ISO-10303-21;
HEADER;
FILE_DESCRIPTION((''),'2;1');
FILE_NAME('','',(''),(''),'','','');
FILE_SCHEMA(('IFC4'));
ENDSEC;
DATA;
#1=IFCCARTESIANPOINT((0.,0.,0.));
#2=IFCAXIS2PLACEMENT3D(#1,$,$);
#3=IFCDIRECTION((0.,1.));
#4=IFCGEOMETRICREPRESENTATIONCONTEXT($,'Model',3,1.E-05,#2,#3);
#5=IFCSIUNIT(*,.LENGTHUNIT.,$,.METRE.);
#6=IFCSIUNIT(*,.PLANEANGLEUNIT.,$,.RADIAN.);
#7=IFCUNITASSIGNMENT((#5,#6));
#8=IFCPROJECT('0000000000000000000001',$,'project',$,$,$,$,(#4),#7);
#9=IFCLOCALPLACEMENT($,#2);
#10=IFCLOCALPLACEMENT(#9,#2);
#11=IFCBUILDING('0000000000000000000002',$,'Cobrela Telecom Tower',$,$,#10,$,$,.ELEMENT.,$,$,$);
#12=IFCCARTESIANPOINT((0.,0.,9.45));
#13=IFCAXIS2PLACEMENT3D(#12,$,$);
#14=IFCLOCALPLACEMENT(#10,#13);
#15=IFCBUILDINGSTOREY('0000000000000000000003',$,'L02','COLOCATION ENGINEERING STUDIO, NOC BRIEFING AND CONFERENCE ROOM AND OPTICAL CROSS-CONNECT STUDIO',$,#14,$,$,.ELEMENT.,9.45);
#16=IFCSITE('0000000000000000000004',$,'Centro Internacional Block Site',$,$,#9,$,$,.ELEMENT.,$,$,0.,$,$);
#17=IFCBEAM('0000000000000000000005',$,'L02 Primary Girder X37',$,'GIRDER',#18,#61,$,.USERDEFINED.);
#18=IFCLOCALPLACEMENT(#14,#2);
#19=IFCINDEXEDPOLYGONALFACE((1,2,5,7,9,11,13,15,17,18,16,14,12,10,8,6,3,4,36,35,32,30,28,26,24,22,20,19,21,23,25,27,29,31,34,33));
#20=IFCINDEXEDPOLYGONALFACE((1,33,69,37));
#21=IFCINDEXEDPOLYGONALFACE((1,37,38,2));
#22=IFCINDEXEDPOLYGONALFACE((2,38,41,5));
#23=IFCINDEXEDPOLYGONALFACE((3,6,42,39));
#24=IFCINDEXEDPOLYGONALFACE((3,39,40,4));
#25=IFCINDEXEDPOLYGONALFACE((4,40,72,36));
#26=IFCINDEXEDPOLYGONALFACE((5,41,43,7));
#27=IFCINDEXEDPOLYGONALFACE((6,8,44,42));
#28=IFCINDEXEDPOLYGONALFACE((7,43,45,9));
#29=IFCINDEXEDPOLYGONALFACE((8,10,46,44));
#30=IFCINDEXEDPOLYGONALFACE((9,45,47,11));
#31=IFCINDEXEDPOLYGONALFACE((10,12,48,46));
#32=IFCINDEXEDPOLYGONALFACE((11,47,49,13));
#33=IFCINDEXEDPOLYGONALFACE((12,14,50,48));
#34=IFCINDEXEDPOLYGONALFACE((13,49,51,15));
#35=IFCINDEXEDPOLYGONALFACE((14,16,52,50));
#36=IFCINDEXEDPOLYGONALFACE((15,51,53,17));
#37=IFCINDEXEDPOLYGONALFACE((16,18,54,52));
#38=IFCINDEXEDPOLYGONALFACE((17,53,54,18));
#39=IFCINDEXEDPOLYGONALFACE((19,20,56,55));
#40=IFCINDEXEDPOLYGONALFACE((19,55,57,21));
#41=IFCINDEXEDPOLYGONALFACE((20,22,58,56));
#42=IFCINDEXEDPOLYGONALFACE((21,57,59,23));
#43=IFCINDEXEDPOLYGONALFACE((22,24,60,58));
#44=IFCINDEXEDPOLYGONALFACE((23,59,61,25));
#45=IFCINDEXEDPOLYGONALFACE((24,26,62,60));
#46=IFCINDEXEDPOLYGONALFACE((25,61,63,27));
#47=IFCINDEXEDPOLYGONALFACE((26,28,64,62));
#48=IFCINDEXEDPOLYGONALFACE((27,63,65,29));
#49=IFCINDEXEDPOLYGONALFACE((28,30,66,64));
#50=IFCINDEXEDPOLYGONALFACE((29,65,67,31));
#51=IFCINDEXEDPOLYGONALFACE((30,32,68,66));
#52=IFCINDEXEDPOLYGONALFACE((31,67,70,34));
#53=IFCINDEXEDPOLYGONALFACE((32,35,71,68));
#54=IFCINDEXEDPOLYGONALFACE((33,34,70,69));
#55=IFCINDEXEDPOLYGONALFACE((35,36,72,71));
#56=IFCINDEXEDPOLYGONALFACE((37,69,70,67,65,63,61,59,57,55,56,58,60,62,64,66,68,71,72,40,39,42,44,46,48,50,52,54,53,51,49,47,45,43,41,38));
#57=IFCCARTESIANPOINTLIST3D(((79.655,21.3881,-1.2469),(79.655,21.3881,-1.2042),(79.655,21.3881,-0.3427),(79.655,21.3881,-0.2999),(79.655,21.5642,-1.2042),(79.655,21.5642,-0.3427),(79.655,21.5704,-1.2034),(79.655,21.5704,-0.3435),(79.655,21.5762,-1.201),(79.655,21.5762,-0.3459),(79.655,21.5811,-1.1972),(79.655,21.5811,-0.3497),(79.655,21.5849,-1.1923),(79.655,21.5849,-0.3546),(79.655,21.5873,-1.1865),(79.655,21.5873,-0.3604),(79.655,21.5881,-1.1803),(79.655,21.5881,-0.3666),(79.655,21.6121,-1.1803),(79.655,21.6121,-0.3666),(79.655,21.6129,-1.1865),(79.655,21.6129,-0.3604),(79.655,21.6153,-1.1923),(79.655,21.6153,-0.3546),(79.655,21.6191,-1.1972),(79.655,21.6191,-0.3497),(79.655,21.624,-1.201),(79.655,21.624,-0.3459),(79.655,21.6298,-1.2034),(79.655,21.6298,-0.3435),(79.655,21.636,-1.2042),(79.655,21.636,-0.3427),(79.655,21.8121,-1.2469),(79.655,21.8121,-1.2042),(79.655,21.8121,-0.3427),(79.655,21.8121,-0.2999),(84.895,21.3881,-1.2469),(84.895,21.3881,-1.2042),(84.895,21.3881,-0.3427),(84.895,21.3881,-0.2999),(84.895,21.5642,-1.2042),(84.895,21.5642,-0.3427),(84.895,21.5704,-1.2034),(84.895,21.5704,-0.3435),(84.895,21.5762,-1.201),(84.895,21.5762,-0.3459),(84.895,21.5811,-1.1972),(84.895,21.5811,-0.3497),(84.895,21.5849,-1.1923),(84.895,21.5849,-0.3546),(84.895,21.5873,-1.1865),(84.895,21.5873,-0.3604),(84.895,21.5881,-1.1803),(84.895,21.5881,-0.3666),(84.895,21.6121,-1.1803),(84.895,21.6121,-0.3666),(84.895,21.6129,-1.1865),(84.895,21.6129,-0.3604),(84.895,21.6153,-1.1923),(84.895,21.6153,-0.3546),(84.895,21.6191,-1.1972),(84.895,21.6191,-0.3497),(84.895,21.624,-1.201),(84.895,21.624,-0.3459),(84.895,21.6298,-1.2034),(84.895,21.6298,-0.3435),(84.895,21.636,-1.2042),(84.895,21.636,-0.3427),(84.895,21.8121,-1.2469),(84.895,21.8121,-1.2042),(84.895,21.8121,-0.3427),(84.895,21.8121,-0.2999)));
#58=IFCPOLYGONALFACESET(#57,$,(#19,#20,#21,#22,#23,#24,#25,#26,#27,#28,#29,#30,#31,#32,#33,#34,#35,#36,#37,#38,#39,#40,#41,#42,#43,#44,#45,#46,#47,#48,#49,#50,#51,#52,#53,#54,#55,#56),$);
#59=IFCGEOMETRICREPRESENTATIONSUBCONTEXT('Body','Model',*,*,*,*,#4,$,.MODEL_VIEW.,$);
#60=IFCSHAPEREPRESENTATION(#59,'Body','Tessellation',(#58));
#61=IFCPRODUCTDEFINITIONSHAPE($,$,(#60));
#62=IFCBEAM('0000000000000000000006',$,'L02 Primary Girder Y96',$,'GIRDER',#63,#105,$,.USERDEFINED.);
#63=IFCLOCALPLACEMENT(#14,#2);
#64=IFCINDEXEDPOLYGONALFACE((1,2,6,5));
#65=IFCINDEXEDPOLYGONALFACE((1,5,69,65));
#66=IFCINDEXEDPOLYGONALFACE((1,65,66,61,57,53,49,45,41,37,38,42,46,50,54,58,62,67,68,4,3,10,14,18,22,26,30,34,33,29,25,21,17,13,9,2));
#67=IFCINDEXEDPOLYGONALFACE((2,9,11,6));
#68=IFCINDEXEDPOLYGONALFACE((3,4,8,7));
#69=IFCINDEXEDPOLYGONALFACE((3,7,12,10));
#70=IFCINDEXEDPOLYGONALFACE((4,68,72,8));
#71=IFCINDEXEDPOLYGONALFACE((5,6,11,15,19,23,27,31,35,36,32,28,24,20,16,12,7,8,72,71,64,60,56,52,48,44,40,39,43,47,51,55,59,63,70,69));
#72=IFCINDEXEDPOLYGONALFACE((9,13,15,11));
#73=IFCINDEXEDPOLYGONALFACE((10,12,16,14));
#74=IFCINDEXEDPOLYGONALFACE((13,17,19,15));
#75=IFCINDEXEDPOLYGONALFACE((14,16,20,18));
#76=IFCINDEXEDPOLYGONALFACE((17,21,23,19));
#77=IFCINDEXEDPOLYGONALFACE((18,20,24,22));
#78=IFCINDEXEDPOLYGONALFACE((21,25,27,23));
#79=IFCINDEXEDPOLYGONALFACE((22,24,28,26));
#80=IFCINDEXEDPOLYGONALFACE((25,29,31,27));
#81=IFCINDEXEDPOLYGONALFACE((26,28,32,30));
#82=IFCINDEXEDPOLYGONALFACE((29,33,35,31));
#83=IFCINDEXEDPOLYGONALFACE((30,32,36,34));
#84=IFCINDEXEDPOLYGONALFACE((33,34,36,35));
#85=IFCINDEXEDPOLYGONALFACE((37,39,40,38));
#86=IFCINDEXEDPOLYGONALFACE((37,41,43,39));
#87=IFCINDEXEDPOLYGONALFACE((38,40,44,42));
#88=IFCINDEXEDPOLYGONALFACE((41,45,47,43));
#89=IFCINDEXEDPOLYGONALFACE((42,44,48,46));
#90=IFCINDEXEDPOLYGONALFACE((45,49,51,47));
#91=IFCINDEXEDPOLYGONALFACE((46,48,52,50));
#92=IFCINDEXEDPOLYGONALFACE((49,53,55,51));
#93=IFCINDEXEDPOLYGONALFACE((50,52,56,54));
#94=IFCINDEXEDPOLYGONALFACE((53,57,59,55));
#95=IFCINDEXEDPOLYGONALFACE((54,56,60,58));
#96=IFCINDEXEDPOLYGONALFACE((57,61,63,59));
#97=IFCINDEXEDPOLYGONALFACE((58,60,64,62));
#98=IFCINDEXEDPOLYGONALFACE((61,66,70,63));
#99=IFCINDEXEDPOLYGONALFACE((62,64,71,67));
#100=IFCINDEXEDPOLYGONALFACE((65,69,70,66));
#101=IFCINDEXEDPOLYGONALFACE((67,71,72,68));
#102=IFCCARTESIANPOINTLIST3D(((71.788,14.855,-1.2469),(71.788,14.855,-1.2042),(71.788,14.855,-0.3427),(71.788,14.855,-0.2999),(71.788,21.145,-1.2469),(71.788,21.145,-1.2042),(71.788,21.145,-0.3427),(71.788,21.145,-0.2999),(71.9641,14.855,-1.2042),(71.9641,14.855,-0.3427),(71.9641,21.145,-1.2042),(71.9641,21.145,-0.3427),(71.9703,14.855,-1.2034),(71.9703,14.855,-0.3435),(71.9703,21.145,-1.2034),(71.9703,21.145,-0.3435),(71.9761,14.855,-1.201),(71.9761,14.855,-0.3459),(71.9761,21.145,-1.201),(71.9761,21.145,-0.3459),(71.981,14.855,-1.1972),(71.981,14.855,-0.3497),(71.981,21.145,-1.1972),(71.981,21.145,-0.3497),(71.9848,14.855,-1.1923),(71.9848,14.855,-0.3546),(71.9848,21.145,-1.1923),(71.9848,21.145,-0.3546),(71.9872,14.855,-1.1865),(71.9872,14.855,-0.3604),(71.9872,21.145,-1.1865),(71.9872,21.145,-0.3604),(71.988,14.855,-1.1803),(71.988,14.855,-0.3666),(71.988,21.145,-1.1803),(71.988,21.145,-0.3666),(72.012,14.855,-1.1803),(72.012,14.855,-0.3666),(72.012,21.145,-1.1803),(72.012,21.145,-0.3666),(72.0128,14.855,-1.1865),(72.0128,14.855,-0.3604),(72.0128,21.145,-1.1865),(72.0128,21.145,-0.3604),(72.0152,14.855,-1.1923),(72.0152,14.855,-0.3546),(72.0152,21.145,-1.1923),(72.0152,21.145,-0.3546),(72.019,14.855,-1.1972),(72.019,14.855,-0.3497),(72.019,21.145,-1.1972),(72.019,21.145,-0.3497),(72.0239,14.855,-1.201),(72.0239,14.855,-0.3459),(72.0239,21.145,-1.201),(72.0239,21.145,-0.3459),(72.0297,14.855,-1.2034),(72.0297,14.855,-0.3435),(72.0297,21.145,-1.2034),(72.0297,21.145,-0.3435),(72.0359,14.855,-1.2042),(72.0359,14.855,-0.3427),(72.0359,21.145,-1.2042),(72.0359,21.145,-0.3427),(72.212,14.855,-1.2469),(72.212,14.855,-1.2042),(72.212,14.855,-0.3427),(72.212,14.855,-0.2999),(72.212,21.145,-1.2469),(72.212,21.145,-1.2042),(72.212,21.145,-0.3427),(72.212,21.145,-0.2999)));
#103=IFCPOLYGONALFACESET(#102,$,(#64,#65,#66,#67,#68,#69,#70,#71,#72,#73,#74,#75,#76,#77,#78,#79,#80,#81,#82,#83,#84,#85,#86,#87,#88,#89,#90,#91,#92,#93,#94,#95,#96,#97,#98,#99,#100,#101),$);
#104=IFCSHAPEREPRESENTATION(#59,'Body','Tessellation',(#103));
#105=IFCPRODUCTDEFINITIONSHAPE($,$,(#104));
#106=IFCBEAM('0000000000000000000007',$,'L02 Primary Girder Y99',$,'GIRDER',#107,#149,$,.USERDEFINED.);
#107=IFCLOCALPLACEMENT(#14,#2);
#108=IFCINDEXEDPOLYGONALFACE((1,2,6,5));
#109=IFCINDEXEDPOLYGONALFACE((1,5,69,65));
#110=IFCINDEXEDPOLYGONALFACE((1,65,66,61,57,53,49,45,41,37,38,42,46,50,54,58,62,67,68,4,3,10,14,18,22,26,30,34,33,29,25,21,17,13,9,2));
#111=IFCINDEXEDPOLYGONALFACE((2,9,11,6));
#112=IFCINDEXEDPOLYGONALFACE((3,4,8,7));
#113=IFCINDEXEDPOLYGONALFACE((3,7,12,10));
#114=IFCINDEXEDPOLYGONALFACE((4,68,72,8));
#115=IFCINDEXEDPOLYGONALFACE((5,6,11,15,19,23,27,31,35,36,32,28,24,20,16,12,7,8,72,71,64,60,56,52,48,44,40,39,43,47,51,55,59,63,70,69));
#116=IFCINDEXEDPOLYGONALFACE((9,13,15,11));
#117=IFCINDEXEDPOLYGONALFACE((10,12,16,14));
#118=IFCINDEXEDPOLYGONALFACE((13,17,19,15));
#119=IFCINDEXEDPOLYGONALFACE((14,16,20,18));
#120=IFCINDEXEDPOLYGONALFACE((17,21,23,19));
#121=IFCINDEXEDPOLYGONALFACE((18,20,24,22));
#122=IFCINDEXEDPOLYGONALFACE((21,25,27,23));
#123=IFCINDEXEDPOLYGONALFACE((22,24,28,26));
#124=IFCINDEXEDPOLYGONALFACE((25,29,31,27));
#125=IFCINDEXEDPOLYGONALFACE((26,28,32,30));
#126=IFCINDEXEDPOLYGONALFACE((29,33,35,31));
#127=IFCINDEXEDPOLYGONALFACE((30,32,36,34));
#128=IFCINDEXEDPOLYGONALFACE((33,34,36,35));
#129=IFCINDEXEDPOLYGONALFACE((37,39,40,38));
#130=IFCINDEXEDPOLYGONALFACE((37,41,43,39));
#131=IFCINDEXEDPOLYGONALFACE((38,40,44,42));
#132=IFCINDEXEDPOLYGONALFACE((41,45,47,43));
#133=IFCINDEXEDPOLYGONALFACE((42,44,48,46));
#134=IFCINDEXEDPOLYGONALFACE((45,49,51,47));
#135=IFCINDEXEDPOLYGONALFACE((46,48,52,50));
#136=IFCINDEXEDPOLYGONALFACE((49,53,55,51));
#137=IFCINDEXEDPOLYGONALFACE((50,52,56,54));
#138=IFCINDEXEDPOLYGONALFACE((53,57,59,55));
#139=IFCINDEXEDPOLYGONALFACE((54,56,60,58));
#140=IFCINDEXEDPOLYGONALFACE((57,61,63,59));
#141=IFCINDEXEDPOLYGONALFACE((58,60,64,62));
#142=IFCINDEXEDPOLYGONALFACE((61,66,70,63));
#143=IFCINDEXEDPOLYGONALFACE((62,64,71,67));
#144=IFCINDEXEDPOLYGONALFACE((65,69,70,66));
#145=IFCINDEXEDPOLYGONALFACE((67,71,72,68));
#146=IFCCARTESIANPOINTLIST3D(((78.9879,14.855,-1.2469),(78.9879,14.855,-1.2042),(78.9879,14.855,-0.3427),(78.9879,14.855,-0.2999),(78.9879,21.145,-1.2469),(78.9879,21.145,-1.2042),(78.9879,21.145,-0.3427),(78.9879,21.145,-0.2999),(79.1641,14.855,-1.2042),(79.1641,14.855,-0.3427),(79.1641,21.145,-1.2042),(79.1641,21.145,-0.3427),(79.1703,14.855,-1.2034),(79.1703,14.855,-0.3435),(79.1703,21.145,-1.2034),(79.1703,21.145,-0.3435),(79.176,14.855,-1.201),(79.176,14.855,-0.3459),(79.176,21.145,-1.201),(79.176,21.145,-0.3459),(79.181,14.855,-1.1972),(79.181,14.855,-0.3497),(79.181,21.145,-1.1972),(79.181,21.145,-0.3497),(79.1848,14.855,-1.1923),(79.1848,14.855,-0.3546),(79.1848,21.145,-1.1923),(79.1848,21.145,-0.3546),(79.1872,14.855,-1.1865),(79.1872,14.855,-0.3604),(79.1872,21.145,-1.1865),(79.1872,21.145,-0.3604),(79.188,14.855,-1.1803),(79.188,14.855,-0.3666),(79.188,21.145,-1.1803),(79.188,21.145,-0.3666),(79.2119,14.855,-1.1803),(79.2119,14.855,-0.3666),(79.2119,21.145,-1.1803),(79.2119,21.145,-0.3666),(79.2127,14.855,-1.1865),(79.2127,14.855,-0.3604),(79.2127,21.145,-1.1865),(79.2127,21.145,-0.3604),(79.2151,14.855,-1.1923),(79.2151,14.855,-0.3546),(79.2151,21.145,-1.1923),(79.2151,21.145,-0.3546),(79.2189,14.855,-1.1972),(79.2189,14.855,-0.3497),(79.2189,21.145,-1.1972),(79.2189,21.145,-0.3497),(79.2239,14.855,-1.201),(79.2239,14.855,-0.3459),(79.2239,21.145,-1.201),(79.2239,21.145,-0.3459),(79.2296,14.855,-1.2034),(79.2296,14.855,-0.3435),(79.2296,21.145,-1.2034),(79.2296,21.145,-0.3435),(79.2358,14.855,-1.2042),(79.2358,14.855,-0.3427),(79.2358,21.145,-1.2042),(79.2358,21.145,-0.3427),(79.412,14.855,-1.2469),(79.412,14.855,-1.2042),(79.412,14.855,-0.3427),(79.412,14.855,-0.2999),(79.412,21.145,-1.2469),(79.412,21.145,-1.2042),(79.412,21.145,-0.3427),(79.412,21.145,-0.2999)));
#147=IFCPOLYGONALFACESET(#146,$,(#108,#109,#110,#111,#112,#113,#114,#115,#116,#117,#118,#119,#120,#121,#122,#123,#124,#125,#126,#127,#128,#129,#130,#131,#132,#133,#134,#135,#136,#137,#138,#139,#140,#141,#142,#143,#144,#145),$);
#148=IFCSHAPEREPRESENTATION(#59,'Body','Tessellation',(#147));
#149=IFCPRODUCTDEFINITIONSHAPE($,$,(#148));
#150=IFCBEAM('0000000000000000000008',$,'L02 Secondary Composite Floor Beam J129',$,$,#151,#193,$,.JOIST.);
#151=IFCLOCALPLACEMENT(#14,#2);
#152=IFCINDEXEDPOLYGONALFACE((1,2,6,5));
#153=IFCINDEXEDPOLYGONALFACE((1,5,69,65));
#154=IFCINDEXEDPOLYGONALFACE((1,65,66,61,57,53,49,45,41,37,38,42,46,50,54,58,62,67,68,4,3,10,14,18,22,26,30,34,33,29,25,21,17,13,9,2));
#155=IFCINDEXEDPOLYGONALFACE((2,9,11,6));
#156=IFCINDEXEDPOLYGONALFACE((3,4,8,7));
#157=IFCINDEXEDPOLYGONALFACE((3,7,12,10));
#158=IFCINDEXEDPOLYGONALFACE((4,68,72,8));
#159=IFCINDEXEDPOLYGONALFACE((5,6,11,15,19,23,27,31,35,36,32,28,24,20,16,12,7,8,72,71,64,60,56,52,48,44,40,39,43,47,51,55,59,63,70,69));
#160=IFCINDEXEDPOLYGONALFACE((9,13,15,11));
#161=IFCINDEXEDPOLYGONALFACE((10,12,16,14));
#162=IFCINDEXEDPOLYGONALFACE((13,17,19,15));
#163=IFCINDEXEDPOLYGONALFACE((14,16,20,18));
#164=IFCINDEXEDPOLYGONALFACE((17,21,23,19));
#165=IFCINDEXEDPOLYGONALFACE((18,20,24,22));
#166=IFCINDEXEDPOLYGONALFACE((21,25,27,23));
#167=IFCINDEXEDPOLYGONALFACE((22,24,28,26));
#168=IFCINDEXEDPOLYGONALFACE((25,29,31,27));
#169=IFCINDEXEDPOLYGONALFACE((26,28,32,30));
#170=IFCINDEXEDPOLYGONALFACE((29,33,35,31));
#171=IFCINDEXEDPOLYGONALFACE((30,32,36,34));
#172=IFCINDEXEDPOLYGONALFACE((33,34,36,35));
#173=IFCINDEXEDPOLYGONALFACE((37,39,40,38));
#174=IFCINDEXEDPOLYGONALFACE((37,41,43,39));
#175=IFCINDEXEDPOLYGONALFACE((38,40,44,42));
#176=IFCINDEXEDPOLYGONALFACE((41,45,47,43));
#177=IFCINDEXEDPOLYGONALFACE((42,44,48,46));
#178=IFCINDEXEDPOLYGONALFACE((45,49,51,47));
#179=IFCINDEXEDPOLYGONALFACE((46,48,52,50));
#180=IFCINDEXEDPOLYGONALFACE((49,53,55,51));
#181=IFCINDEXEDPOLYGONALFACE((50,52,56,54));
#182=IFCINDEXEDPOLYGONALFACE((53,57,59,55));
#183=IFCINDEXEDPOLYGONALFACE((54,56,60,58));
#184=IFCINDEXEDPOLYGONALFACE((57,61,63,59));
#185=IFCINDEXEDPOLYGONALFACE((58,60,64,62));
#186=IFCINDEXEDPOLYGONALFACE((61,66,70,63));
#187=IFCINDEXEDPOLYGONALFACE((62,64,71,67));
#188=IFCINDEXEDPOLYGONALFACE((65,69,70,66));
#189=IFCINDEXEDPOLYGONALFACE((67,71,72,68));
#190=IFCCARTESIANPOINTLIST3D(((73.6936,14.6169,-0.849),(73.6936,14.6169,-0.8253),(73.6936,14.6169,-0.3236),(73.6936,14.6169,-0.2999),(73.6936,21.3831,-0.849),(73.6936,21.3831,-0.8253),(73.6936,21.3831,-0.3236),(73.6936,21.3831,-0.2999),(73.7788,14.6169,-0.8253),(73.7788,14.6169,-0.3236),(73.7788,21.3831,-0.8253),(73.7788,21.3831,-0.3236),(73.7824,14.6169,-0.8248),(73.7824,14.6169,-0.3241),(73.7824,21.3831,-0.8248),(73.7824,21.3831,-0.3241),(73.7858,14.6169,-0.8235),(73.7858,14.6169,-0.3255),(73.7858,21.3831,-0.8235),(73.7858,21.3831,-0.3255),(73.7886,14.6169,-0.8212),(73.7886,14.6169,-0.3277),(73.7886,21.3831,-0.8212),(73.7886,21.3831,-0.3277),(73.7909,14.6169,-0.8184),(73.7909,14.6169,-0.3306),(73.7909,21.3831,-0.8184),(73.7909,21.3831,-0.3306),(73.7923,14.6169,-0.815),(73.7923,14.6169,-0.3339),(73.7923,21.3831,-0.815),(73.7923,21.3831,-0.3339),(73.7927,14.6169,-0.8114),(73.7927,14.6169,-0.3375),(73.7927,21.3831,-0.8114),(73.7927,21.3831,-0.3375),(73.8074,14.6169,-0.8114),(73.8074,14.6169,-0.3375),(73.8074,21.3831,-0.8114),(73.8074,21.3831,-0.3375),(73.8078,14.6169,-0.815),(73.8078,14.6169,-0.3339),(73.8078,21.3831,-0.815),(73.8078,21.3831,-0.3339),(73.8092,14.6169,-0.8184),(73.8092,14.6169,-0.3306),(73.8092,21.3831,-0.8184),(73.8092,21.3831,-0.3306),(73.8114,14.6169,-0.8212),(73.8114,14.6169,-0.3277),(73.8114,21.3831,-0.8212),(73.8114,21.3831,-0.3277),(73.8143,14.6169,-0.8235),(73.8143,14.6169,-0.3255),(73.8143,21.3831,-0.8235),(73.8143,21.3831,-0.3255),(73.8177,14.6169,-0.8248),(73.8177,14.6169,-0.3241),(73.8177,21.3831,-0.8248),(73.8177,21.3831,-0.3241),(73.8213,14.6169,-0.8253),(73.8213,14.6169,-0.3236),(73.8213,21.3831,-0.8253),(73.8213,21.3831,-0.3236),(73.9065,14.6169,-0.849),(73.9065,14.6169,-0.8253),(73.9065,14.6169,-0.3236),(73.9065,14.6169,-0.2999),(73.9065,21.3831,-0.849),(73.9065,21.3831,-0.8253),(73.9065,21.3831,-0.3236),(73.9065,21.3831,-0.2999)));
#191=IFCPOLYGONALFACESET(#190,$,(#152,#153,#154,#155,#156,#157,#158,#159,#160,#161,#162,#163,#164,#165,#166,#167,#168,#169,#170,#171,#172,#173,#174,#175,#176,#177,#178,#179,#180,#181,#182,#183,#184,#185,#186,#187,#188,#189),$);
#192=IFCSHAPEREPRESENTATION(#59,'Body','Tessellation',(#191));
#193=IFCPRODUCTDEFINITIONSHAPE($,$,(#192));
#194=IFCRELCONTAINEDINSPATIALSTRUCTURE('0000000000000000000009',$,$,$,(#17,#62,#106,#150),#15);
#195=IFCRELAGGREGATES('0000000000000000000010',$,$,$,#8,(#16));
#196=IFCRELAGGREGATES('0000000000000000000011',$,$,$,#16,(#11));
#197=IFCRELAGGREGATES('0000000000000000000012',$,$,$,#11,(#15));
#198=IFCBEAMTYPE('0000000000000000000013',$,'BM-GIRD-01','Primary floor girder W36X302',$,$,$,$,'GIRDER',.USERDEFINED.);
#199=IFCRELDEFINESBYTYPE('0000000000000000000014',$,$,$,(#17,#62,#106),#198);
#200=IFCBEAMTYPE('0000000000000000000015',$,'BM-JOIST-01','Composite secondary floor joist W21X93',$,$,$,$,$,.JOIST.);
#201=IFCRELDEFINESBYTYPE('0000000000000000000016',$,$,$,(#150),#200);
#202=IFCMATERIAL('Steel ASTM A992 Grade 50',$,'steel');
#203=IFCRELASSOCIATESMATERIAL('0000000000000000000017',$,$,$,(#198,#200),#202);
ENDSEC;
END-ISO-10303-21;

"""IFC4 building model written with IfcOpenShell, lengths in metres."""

from ifc_helpers import new_model, si_unit, direction, frame, origin, origin_2d, place, context, subcontext, project, spatial, i_section, extrude, material, material_profile, profile_set, type_object, element, save


model = new_model("IFC4")

# Units and contexts
model_context = context("Model", 3, precision=1e-05, world=origin(), true_north=direction((0.0, 1.0)))
body_context = subcontext(model_context, "Body", "Model", "MODEL_VIEW")
ifc_project = project(units=[si_unit("LENGTHUNIT", "METRE"), si_unit("PLANEANGLEUNIT", "RADIAN")], contexts=[model_context])

# Site, building, storey
site_placement = place(None, origin())
site = spatial("IfcSite", under=ifc_project, at=site_placement, Name="Centro Internacional Block Site", CompositionType="ELEMENT", RefElevation=0.0)
building_placement = place(site_placement, origin())
building = spatial("IfcBuilding", under=site, at=building_placement, Name="Cobrela Telecom Tower", CompositionType="ELEMENT")
storey_placement = place(building_placement, frame((0.0, 0.0, 9.45)))
storey = spatial("IfcBuildingStorey", under=building, at=storey_placement, Name="L02", Description="COLOCATION ENGINEERING STUDIO, NOC BRIEFING AND CONFERENCE ROOM AND OPTICAL CROSS-CONNECT STUDIO", CompositionType="ELEMENT", Elevation=9.45)

# Beams
ifc_material_1 = material(Name="Steel ASTM A992 Grade 50", Category="steel")
ifc_material_profile_1 = material_profile(ifc_material_1, i_section(OverallWidth=0.4241, OverallDepth=0.947, WebThickness=0.0239, FlangeThickness=0.0427, FilletRadius=0.0239, at=origin_2d()), Name="W36X302")
ifc_profile_set_1 = profile_set([ifc_material_profile_1], Name="Steel ASTM A992 Grade 50")
beam_type_1 = type_object("IfcBeamType", Name="BM-GIRD-01", Description="Primary floor girder W36X302", ElementType="GIRDER", PredefinedType="USERDEFINED", material=ifc_profile_set_1)
beam_1_placement = place(storey_placement, frame((79.655, 21.6001, -0.7734), z_axis=(1.0, 0.0, 0.0), x_axis=(0.0, 1.0, 0.0)))
element("IfcBeam", 1, at=beam_1_placement, inside=storey, type_object=beam_type_1, Name="L02 Primary Girder X37", ObjectType="GIRDER", PredefinedType="USERDEFINED", context=body_context, shape_type="SweptSolid", body=[
    extrude(i_section(OverallWidth=0.4241, OverallDepth=0.947, WebThickness=0.0239, FlangeThickness=0.0427, FilletRadius=0.0239, at=origin_2d()), origin(), (0.0, 0.0, 1.0), 5.24),
])
for number, where, z_axis, x_axis, name in (
    (2, (72.0, 14.855, -0.7734), (0.0, 1.0, 0.0), (-1.0, 0.0, 0.0), "L02 Primary Girder Y96"),
    (3, (79.2, 14.855, -0.7734), (0.0, 1.0, 0.0), (-1.0, 0.0, 0.0), "L02 Primary Girder Y99"),
):
    element("IfcBeam", number, at=place(storey_placement, frame(where, z_axis=z_axis, x_axis=x_axis)), inside=storey, type_object=beam_type_1, Name=name, ObjectType="GIRDER", PredefinedType="USERDEFINED", context=body_context, shape_type="SweptSolid", body=[
        extrude(i_section(OverallWidth=0.4241, OverallDepth=0.947, WebThickness=0.0239, FlangeThickness=0.0427, FilletRadius=0.0239, at=origin_2d()), origin(), (0.0, 0.0, 1.0), 6.29),
    ])
ifc_material_profile_2 = material_profile(ifc_material_1, i_section(OverallWidth=0.2129, OverallDepth=0.5491, WebThickness=0.0146, FlangeThickness=0.0237, FilletRadius=0.0139, at=origin_2d()), Name="W21X93")
ifc_profile_set_2 = profile_set([ifc_material_profile_2], Name="Steel ASTM A992 Grade 50")
beam_type_2 = type_object("IfcBeamType", Name="BM-JOIST-01", Description="Composite secondary floor joist W21X93", PredefinedType="JOIST", material=ifc_profile_set_2)
for number, where, z_axis, x_axis, name in (
    (4, (73.8, 14.6169, -0.5745), (0.0, 1.0, 0.0), (-1.0, 0.0, 0.0), "L02 Secondary Composite Floor Beam J129"),
):
    element("IfcBeam", number, at=place(storey_placement, frame(where, z_axis=z_axis, x_axis=x_axis)), inside=storey, type_object=beam_type_2, Name=name, PredefinedType="JOIST", context=body_context, shape_type="SweptSolid", body=[
        extrude(i_section(OverallWidth=0.2129, OverallDepth=0.5491, WebThickness=0.0146, FlangeThickness=0.0237, FilletRadius=0.0139, at=origin_2d()), origin(), (0.0, 0.0, 1.0), 6.7661),
    ])

save(model, "model.ifc")
